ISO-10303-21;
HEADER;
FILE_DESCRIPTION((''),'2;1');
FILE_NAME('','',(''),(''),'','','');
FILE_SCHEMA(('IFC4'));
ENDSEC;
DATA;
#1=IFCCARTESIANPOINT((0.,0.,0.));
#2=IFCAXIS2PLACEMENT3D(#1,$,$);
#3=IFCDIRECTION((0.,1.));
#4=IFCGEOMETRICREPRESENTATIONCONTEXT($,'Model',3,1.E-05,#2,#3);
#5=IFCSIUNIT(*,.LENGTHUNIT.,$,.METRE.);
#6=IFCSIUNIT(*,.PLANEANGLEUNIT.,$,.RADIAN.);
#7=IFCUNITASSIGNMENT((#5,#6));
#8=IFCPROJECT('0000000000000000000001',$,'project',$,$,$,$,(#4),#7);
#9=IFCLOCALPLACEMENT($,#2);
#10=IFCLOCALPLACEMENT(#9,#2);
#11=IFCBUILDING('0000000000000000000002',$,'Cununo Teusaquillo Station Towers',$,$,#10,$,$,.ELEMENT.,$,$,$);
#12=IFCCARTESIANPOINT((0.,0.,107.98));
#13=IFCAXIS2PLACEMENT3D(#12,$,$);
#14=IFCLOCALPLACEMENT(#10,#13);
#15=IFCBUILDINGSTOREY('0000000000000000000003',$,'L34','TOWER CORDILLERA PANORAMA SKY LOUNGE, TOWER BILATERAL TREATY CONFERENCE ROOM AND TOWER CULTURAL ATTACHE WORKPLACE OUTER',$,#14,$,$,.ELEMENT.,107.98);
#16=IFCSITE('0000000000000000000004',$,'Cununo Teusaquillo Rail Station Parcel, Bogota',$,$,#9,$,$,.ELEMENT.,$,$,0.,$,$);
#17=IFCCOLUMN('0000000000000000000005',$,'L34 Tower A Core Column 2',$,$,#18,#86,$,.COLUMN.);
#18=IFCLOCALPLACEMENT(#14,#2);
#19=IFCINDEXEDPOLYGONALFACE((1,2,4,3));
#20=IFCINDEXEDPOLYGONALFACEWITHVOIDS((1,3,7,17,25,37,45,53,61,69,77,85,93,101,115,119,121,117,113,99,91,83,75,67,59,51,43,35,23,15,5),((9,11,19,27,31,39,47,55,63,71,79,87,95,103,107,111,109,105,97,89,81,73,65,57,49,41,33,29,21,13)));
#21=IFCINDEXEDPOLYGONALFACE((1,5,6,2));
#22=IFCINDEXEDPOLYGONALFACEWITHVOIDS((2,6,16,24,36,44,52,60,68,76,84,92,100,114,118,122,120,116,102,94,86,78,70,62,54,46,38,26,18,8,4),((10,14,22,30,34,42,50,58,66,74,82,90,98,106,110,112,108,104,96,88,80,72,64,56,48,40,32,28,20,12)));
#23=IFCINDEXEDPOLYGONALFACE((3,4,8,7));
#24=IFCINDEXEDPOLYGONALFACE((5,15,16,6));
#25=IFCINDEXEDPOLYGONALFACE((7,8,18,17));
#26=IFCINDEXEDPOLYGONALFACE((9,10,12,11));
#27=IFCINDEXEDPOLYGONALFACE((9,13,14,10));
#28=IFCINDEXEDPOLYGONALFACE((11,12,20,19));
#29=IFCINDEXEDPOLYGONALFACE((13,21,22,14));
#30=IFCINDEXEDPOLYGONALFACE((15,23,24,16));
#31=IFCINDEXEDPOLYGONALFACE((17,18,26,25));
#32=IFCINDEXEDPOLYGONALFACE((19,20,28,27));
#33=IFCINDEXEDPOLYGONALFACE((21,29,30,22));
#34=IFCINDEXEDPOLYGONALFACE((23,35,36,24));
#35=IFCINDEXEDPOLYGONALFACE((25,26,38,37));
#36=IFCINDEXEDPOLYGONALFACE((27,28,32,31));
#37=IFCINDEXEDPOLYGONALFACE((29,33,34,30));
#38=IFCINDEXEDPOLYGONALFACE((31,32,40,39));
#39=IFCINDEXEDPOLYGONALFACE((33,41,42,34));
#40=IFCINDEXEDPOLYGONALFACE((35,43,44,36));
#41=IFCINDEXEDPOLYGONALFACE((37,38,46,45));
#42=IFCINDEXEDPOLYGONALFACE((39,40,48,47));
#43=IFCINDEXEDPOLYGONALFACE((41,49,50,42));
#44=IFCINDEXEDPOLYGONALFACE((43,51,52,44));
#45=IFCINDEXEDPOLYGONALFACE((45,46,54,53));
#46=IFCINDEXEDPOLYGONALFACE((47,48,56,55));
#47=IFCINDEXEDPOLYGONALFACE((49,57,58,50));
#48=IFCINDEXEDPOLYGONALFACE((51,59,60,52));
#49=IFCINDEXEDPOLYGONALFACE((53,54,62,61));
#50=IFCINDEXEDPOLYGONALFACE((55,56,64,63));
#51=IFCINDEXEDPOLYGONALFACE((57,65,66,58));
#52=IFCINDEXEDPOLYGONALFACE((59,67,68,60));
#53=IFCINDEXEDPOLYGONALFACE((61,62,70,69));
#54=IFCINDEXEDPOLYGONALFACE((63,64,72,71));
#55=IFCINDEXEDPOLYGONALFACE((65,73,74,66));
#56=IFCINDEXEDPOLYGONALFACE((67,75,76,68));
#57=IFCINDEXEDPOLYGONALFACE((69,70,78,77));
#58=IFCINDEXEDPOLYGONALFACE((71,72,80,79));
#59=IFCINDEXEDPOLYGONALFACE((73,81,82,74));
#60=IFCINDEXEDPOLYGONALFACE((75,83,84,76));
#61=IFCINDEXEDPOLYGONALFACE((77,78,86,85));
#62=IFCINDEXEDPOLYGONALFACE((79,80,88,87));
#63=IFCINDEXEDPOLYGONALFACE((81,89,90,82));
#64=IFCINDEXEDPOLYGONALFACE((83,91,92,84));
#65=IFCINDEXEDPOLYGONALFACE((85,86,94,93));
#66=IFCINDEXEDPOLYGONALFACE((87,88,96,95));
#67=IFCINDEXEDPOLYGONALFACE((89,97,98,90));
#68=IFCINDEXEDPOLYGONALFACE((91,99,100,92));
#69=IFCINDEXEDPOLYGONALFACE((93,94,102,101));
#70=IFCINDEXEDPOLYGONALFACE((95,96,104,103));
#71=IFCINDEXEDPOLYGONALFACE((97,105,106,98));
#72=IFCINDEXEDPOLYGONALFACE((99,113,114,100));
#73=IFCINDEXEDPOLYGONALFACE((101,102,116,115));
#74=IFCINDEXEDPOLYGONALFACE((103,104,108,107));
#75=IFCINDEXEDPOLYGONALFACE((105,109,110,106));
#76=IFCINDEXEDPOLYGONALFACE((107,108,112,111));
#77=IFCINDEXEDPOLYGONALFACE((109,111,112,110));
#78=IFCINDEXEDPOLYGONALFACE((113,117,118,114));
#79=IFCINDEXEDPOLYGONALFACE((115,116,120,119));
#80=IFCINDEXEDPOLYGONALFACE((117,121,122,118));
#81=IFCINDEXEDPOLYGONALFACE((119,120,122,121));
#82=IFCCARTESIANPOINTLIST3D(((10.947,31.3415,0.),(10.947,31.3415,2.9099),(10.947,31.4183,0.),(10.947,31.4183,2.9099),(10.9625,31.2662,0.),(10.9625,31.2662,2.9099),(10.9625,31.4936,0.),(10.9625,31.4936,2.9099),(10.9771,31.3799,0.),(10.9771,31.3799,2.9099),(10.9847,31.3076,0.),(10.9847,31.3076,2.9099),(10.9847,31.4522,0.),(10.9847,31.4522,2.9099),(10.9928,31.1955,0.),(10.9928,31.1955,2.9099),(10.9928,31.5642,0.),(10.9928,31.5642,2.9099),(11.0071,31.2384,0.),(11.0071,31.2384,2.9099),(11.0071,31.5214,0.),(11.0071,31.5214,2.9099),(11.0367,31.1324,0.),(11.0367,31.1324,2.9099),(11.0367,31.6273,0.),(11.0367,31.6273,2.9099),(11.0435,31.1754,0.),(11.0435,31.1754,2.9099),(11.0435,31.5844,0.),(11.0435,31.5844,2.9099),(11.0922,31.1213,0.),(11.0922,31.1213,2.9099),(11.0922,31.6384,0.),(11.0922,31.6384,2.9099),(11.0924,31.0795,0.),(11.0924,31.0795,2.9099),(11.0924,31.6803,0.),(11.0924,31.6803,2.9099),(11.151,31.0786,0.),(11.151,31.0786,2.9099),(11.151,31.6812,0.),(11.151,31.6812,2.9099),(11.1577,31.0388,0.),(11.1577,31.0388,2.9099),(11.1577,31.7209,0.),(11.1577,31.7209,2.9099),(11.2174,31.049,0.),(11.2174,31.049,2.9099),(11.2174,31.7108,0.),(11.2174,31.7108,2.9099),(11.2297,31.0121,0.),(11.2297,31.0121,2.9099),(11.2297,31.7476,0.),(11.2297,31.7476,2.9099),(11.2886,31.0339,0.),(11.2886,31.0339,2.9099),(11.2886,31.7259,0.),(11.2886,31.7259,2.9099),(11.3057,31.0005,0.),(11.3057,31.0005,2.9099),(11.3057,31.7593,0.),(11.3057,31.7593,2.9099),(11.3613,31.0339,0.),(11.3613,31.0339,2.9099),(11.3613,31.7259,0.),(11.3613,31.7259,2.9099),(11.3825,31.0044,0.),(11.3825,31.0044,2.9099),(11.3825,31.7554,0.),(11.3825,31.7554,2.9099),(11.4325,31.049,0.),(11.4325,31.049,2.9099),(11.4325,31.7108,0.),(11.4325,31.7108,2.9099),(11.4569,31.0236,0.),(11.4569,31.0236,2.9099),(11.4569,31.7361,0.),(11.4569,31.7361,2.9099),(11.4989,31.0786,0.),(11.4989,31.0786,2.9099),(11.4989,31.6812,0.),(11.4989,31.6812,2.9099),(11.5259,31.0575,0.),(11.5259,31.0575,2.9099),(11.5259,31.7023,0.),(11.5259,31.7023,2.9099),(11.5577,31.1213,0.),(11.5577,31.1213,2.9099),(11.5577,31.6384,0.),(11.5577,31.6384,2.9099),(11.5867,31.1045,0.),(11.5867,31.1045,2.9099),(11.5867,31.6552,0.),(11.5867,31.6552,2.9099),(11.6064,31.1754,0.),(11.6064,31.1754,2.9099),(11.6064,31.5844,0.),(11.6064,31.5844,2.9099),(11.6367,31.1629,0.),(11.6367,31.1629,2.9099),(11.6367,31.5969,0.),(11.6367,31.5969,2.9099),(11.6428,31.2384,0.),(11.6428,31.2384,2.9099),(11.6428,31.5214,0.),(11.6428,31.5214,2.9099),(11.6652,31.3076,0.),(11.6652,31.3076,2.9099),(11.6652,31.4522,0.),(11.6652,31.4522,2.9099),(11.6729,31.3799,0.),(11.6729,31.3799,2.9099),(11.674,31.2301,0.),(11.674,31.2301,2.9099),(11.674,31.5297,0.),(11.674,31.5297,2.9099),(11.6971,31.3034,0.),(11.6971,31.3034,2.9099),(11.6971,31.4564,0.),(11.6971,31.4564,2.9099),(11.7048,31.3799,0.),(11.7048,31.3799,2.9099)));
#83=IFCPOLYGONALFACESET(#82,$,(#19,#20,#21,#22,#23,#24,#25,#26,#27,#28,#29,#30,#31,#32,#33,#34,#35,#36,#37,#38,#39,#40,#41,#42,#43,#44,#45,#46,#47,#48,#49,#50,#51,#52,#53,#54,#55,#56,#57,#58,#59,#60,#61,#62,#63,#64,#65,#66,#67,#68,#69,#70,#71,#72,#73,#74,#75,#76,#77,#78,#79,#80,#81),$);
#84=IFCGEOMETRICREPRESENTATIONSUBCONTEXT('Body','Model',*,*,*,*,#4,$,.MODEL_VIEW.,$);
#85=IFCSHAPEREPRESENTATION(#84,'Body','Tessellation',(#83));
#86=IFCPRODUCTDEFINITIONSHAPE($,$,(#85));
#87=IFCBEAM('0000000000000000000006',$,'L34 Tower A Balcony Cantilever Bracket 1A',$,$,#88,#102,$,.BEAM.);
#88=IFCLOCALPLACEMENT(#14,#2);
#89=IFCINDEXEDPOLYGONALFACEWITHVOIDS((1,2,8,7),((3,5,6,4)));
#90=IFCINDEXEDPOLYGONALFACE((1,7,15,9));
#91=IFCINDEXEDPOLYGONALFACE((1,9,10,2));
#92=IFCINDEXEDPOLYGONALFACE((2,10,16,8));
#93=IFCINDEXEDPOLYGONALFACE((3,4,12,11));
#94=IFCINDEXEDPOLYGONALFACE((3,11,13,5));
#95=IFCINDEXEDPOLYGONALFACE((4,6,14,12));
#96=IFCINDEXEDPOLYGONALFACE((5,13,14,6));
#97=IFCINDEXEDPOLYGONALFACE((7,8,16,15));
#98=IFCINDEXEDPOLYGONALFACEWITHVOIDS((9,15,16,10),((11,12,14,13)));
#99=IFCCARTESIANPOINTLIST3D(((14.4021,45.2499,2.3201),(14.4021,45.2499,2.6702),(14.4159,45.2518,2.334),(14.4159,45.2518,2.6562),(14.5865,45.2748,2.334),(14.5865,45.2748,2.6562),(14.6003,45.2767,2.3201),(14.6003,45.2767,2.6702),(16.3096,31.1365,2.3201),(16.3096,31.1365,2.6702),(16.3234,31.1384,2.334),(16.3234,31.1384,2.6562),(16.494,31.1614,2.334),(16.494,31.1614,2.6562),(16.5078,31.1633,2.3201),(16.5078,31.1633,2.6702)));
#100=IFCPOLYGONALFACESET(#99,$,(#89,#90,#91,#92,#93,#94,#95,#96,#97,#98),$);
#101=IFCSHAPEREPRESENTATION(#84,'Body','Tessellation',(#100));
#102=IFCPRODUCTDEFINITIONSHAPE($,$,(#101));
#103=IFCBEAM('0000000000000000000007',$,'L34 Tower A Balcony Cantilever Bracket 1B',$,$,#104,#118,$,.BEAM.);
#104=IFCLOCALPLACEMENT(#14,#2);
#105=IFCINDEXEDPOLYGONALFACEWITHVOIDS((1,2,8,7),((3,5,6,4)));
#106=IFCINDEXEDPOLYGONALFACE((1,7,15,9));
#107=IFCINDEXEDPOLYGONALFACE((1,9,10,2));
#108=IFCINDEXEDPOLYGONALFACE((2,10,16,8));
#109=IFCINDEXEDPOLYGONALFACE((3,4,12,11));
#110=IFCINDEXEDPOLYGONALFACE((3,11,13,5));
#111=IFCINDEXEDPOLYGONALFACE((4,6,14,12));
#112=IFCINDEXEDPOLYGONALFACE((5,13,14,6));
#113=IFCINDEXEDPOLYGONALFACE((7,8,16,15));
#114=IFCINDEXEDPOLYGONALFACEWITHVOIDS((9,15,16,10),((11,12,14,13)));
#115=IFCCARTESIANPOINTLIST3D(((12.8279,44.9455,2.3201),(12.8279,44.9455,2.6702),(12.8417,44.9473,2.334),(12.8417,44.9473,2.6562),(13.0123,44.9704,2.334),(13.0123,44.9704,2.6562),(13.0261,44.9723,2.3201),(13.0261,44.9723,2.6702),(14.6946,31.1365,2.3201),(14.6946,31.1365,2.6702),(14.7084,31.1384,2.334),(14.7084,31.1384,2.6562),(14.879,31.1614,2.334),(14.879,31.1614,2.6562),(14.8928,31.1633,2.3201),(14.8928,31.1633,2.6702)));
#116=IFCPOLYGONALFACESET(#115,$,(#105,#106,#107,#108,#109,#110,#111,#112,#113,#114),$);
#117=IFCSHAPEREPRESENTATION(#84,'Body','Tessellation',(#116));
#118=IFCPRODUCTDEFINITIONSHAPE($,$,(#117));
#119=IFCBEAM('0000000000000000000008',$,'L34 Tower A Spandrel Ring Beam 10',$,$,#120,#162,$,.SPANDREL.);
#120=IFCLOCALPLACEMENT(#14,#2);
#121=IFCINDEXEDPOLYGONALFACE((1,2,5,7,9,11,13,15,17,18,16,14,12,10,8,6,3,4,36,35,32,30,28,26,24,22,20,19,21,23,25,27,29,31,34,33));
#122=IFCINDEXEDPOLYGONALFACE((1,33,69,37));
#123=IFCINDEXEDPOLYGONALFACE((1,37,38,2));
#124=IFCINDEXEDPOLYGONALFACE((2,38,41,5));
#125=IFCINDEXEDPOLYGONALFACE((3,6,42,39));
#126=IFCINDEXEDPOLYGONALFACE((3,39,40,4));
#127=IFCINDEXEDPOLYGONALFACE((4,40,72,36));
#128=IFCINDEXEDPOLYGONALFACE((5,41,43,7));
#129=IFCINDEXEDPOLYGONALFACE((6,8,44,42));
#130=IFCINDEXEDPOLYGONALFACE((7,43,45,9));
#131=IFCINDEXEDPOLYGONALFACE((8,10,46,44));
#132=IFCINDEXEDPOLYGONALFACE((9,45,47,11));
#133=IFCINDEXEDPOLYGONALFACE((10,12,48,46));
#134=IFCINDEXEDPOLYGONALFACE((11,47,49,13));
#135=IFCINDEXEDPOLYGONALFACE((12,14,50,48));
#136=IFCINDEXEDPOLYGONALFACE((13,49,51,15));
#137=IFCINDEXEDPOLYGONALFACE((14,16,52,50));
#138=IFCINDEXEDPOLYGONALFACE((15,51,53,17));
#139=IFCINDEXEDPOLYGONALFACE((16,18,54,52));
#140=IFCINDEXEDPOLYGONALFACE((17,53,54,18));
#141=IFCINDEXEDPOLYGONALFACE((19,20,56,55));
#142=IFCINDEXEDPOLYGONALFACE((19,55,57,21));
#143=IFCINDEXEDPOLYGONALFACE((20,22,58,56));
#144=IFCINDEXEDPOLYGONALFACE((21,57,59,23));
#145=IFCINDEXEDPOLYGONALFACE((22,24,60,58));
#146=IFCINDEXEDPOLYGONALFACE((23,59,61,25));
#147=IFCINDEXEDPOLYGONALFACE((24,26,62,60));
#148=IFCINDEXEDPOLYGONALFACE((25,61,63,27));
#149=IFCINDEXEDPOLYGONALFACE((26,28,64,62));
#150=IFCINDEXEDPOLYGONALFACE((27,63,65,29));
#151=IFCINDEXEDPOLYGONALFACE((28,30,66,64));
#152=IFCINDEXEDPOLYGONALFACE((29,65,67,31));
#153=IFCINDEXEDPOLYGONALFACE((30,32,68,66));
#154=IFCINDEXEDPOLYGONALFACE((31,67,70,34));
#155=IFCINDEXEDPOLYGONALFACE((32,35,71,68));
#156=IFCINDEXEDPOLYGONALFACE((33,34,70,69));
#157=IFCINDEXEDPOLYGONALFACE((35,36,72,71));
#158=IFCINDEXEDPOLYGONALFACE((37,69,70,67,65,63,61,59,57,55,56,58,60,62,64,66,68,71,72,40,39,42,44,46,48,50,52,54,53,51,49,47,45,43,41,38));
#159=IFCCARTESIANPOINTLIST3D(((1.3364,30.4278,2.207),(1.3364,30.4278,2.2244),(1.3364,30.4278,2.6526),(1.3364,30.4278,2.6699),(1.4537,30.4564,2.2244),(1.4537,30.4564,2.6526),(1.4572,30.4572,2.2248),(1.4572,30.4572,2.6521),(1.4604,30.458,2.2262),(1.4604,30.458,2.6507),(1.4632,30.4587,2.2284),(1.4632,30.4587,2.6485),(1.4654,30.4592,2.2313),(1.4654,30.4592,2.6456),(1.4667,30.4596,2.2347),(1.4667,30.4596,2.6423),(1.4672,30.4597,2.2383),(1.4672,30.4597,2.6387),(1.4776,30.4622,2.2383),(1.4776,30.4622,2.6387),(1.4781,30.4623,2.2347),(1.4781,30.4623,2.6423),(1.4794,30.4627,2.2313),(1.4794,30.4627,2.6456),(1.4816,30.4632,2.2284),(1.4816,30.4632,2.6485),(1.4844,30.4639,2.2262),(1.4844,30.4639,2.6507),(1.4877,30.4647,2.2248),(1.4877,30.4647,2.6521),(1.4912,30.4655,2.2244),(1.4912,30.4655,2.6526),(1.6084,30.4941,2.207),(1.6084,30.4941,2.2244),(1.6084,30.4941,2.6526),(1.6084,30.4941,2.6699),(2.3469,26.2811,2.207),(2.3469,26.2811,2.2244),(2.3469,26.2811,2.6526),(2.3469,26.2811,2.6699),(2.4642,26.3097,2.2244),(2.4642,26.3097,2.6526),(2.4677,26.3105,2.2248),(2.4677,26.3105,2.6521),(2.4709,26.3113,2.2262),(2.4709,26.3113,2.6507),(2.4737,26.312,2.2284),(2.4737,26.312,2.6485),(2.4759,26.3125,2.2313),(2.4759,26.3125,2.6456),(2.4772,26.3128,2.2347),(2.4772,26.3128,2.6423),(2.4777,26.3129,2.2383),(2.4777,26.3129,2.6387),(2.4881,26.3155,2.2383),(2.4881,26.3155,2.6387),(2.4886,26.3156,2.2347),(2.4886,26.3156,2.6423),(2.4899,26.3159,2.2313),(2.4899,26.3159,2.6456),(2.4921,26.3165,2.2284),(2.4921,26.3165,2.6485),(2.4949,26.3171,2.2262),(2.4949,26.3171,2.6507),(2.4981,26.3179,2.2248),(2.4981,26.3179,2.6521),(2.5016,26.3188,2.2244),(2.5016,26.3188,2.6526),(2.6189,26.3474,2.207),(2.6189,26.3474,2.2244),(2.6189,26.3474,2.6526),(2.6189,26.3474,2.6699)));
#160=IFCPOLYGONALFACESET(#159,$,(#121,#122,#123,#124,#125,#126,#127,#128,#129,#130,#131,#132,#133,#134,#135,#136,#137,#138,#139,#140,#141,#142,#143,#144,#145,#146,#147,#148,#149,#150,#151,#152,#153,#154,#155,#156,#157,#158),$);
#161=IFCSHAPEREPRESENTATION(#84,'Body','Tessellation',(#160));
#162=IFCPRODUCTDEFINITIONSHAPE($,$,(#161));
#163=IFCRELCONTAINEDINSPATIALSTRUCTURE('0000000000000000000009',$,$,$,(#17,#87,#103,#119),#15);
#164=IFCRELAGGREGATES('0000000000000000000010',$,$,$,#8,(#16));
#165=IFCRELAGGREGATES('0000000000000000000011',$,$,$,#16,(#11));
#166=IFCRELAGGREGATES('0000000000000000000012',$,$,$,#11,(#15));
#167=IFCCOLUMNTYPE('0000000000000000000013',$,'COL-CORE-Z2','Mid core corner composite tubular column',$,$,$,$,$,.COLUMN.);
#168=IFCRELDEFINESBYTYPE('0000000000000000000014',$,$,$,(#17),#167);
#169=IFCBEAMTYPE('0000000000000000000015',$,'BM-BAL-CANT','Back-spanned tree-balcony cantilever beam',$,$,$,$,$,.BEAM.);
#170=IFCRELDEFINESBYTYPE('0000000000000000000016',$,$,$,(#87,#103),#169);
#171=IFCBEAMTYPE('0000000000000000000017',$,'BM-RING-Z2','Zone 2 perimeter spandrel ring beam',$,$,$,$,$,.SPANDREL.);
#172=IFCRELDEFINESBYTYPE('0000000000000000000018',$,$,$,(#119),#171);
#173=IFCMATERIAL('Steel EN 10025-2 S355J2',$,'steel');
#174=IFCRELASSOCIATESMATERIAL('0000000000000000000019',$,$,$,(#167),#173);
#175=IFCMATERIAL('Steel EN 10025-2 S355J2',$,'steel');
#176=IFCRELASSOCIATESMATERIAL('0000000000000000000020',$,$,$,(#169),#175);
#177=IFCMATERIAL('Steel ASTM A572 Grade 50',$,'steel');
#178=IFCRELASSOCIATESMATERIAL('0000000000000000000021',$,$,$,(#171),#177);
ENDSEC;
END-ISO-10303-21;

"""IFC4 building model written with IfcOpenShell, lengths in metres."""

from ifc_helpers import new_model, si_unit, direction, frame, origin, origin_2d, place, context, subcontext, project, spatial, hollow_rectangle, hollow_circle, i_section, extrude, material, material_profile, profile_set, type_object, element, save


model = new_model("IFC4")

# Units and contexts
model_context = context("Model", 3, precision=1e-05, world=origin(), true_north=direction((0.0, 1.0)))
body_context = subcontext(model_context, "Body", "Model", "MODEL_VIEW")
ifc_project = project(units=[si_unit("LENGTHUNIT", "METRE"), si_unit("PLANEANGLEUNIT", "RADIAN")], contexts=[model_context])

# Site, building, storey
site_placement = place(None, origin())
site = spatial("IfcSite", under=ifc_project, at=site_placement, Name="Cununo Teusaquillo Rail Station Parcel, Bogota", CompositionType="ELEMENT", RefElevation=0.0)
building_placement = place(site_placement, origin())
building = spatial("IfcBuilding", under=site, at=building_placement, Name="Cununo Teusaquillo Station Towers", CompositionType="ELEMENT")
storey_placement = place(building_placement, frame((0.0, 0.0, 107.98)))
storey = spatial("IfcBuildingStorey", under=building, at=storey_placement, Name="L34", Description="TOWER CORDILLERA PANORAMA SKY LOUNGE, TOWER BILATERAL TREATY CONFERENCE ROOM AND TOWER CULTURAL ATTACHE WORKPLACE OUTER", CompositionType="ELEMENT", Elevation=107.98)

# Column
ifc_material_1 = material(Name="Steel EN 10025-2 S355J2", Category="steel")
ifc_material_profile_1 = material_profile(ifc_material_1, hollow_circle(Radius=0.3799, WallThickness=0.032, at=origin_2d()), Name="CHS 760x32")
ifc_profile_set_1 = profile_set([ifc_material_profile_1], Name="Steel EN 10025-2 S355J2")
column_type = type_object("IfcColumnType", Name="COL-CORE-Z2", Description="Mid core corner composite tubular column", PredefinedType="COLUMN", material=ifc_profile_set_1)
column_placement = place(storey_placement, frame((11.325, 31.3799, 0.0), z_axis=(0.0, 0.0, 1.0), x_axis=(1.0, 0.0, 0.0)))
element("IfcColumn", 1, at=column_placement, inside=storey, type_object=column_type, Name="L34 Tower A Core Column 2", PredefinedType="COLUMN", context=body_context, shape_type="SweptSolid", body=[
    extrude(hollow_circle(Radius=0.3799, WallThickness=0.032, at=origin_2d()), origin(), (0.0, 0.0, 1.0), 2.9099),
])

# Beams
ifc_material_2 = material(Name="Steel EN 10025-2 S355J2", Category="steel")
ifc_material_profile_2 = material_profile(ifc_material_2, hollow_rectangle(XDim=0.2, YDim=0.3501, WallThickness=0.0139, at=origin_2d()), Name="RHS 350x200x14")
ifc_profile_set_2 = profile_set([ifc_material_profile_2], Name="Steel EN 10025-2 S355J2")
beam_type_1 = type_object("IfcBeamType", Name="BM-BAL-CANT", Description="Back-spanned tree-balcony cantilever beam", PredefinedType="BEAM", material=ifc_profile_set_2)
beam_1_placement = place(storey_placement, frame((16.4087, 31.1499, 2.4951), z_axis=(-0.133937, 0.99099, 0.0), x_axis=(-0.99099, -0.133937, 0.0)))
element("IfcBeam", 2, at=beam_1_placement, inside=storey, type_object=beam_type_1, Name="L34 Tower A Balcony Cantilever Bracket 1A", PredefinedType="BEAM", context=body_context, shape_type="SweptSolid", body=[
    extrude(hollow_rectangle(XDim=0.2, YDim=0.3501, WallThickness=0.0139, at=origin_2d()), origin(), (0.0, 0.0, 1.0), 14.2417),
])
beam_2_placement = place(storey_placement, frame((14.7937, 31.1499, 2.4951), z_axis=(-0.133961, 0.990987, 0.0), x_axis=(-0.990987, -0.133961, 0.0)))
element("IfcBeam", 3, at=beam_2_placement, inside=storey, type_object=beam_type_1, Name="L34 Tower A Balcony Cantilever Bracket 1B", PredefinedType="BEAM", context=body_context, shape_type="SweptSolid", body=[
    extrude(hollow_rectangle(XDim=0.2, YDim=0.3501, WallThickness=0.0139, at=origin_2d()), origin(), (0.0, 0.0, 1.0), 13.9346),
])
ifc_material_3 = material(Name="Steel ASTM A572 Grade 50", Category="steel")
ifc_material_profile_3 = material_profile(ifc_material_3, i_section(OverallWidth=0.28, OverallDepth=0.4629, WebThickness=0.0107, FlangeThickness=0.0173, FilletRadius=0.0139, at=origin_2d()), Name="W18X76")
ifc_profile_set_3 = profile_set([ifc_material_profile_3], Name="Steel ASTM A572 Grade 50")
beam_type_2 = type_object("IfcBeamType", Name="BM-RING-Z2", Description="Zone 2 perimeter spandrel ring beam", PredefinedType="SPANDREL", material=ifc_profile_set_3)
beam_3_placement = place(storey_placement, frame((1.4724, 30.4609, 2.4385), z_axis=(0.236757, -0.971569, 0.0), x_axis=(0.971569, 0.236757, 0.0)))
element("IfcBeam", 4, at=beam_3_placement, inside=storey, type_object=beam_type_2, Name="L34 Tower A Spandrel Ring Beam 10", PredefinedType="SPANDREL", context=body_context, shape_type="SweptSolid", body=[
    extrude(i_section(OverallWidth=0.28, OverallDepth=0.4629, WebThickness=0.0107, FlangeThickness=0.0173, FilletRadius=0.0139, at=origin_2d()), origin(), (0.0, 0.0, 1.0), 4.2681),
])

save(model, "model.ifc")
